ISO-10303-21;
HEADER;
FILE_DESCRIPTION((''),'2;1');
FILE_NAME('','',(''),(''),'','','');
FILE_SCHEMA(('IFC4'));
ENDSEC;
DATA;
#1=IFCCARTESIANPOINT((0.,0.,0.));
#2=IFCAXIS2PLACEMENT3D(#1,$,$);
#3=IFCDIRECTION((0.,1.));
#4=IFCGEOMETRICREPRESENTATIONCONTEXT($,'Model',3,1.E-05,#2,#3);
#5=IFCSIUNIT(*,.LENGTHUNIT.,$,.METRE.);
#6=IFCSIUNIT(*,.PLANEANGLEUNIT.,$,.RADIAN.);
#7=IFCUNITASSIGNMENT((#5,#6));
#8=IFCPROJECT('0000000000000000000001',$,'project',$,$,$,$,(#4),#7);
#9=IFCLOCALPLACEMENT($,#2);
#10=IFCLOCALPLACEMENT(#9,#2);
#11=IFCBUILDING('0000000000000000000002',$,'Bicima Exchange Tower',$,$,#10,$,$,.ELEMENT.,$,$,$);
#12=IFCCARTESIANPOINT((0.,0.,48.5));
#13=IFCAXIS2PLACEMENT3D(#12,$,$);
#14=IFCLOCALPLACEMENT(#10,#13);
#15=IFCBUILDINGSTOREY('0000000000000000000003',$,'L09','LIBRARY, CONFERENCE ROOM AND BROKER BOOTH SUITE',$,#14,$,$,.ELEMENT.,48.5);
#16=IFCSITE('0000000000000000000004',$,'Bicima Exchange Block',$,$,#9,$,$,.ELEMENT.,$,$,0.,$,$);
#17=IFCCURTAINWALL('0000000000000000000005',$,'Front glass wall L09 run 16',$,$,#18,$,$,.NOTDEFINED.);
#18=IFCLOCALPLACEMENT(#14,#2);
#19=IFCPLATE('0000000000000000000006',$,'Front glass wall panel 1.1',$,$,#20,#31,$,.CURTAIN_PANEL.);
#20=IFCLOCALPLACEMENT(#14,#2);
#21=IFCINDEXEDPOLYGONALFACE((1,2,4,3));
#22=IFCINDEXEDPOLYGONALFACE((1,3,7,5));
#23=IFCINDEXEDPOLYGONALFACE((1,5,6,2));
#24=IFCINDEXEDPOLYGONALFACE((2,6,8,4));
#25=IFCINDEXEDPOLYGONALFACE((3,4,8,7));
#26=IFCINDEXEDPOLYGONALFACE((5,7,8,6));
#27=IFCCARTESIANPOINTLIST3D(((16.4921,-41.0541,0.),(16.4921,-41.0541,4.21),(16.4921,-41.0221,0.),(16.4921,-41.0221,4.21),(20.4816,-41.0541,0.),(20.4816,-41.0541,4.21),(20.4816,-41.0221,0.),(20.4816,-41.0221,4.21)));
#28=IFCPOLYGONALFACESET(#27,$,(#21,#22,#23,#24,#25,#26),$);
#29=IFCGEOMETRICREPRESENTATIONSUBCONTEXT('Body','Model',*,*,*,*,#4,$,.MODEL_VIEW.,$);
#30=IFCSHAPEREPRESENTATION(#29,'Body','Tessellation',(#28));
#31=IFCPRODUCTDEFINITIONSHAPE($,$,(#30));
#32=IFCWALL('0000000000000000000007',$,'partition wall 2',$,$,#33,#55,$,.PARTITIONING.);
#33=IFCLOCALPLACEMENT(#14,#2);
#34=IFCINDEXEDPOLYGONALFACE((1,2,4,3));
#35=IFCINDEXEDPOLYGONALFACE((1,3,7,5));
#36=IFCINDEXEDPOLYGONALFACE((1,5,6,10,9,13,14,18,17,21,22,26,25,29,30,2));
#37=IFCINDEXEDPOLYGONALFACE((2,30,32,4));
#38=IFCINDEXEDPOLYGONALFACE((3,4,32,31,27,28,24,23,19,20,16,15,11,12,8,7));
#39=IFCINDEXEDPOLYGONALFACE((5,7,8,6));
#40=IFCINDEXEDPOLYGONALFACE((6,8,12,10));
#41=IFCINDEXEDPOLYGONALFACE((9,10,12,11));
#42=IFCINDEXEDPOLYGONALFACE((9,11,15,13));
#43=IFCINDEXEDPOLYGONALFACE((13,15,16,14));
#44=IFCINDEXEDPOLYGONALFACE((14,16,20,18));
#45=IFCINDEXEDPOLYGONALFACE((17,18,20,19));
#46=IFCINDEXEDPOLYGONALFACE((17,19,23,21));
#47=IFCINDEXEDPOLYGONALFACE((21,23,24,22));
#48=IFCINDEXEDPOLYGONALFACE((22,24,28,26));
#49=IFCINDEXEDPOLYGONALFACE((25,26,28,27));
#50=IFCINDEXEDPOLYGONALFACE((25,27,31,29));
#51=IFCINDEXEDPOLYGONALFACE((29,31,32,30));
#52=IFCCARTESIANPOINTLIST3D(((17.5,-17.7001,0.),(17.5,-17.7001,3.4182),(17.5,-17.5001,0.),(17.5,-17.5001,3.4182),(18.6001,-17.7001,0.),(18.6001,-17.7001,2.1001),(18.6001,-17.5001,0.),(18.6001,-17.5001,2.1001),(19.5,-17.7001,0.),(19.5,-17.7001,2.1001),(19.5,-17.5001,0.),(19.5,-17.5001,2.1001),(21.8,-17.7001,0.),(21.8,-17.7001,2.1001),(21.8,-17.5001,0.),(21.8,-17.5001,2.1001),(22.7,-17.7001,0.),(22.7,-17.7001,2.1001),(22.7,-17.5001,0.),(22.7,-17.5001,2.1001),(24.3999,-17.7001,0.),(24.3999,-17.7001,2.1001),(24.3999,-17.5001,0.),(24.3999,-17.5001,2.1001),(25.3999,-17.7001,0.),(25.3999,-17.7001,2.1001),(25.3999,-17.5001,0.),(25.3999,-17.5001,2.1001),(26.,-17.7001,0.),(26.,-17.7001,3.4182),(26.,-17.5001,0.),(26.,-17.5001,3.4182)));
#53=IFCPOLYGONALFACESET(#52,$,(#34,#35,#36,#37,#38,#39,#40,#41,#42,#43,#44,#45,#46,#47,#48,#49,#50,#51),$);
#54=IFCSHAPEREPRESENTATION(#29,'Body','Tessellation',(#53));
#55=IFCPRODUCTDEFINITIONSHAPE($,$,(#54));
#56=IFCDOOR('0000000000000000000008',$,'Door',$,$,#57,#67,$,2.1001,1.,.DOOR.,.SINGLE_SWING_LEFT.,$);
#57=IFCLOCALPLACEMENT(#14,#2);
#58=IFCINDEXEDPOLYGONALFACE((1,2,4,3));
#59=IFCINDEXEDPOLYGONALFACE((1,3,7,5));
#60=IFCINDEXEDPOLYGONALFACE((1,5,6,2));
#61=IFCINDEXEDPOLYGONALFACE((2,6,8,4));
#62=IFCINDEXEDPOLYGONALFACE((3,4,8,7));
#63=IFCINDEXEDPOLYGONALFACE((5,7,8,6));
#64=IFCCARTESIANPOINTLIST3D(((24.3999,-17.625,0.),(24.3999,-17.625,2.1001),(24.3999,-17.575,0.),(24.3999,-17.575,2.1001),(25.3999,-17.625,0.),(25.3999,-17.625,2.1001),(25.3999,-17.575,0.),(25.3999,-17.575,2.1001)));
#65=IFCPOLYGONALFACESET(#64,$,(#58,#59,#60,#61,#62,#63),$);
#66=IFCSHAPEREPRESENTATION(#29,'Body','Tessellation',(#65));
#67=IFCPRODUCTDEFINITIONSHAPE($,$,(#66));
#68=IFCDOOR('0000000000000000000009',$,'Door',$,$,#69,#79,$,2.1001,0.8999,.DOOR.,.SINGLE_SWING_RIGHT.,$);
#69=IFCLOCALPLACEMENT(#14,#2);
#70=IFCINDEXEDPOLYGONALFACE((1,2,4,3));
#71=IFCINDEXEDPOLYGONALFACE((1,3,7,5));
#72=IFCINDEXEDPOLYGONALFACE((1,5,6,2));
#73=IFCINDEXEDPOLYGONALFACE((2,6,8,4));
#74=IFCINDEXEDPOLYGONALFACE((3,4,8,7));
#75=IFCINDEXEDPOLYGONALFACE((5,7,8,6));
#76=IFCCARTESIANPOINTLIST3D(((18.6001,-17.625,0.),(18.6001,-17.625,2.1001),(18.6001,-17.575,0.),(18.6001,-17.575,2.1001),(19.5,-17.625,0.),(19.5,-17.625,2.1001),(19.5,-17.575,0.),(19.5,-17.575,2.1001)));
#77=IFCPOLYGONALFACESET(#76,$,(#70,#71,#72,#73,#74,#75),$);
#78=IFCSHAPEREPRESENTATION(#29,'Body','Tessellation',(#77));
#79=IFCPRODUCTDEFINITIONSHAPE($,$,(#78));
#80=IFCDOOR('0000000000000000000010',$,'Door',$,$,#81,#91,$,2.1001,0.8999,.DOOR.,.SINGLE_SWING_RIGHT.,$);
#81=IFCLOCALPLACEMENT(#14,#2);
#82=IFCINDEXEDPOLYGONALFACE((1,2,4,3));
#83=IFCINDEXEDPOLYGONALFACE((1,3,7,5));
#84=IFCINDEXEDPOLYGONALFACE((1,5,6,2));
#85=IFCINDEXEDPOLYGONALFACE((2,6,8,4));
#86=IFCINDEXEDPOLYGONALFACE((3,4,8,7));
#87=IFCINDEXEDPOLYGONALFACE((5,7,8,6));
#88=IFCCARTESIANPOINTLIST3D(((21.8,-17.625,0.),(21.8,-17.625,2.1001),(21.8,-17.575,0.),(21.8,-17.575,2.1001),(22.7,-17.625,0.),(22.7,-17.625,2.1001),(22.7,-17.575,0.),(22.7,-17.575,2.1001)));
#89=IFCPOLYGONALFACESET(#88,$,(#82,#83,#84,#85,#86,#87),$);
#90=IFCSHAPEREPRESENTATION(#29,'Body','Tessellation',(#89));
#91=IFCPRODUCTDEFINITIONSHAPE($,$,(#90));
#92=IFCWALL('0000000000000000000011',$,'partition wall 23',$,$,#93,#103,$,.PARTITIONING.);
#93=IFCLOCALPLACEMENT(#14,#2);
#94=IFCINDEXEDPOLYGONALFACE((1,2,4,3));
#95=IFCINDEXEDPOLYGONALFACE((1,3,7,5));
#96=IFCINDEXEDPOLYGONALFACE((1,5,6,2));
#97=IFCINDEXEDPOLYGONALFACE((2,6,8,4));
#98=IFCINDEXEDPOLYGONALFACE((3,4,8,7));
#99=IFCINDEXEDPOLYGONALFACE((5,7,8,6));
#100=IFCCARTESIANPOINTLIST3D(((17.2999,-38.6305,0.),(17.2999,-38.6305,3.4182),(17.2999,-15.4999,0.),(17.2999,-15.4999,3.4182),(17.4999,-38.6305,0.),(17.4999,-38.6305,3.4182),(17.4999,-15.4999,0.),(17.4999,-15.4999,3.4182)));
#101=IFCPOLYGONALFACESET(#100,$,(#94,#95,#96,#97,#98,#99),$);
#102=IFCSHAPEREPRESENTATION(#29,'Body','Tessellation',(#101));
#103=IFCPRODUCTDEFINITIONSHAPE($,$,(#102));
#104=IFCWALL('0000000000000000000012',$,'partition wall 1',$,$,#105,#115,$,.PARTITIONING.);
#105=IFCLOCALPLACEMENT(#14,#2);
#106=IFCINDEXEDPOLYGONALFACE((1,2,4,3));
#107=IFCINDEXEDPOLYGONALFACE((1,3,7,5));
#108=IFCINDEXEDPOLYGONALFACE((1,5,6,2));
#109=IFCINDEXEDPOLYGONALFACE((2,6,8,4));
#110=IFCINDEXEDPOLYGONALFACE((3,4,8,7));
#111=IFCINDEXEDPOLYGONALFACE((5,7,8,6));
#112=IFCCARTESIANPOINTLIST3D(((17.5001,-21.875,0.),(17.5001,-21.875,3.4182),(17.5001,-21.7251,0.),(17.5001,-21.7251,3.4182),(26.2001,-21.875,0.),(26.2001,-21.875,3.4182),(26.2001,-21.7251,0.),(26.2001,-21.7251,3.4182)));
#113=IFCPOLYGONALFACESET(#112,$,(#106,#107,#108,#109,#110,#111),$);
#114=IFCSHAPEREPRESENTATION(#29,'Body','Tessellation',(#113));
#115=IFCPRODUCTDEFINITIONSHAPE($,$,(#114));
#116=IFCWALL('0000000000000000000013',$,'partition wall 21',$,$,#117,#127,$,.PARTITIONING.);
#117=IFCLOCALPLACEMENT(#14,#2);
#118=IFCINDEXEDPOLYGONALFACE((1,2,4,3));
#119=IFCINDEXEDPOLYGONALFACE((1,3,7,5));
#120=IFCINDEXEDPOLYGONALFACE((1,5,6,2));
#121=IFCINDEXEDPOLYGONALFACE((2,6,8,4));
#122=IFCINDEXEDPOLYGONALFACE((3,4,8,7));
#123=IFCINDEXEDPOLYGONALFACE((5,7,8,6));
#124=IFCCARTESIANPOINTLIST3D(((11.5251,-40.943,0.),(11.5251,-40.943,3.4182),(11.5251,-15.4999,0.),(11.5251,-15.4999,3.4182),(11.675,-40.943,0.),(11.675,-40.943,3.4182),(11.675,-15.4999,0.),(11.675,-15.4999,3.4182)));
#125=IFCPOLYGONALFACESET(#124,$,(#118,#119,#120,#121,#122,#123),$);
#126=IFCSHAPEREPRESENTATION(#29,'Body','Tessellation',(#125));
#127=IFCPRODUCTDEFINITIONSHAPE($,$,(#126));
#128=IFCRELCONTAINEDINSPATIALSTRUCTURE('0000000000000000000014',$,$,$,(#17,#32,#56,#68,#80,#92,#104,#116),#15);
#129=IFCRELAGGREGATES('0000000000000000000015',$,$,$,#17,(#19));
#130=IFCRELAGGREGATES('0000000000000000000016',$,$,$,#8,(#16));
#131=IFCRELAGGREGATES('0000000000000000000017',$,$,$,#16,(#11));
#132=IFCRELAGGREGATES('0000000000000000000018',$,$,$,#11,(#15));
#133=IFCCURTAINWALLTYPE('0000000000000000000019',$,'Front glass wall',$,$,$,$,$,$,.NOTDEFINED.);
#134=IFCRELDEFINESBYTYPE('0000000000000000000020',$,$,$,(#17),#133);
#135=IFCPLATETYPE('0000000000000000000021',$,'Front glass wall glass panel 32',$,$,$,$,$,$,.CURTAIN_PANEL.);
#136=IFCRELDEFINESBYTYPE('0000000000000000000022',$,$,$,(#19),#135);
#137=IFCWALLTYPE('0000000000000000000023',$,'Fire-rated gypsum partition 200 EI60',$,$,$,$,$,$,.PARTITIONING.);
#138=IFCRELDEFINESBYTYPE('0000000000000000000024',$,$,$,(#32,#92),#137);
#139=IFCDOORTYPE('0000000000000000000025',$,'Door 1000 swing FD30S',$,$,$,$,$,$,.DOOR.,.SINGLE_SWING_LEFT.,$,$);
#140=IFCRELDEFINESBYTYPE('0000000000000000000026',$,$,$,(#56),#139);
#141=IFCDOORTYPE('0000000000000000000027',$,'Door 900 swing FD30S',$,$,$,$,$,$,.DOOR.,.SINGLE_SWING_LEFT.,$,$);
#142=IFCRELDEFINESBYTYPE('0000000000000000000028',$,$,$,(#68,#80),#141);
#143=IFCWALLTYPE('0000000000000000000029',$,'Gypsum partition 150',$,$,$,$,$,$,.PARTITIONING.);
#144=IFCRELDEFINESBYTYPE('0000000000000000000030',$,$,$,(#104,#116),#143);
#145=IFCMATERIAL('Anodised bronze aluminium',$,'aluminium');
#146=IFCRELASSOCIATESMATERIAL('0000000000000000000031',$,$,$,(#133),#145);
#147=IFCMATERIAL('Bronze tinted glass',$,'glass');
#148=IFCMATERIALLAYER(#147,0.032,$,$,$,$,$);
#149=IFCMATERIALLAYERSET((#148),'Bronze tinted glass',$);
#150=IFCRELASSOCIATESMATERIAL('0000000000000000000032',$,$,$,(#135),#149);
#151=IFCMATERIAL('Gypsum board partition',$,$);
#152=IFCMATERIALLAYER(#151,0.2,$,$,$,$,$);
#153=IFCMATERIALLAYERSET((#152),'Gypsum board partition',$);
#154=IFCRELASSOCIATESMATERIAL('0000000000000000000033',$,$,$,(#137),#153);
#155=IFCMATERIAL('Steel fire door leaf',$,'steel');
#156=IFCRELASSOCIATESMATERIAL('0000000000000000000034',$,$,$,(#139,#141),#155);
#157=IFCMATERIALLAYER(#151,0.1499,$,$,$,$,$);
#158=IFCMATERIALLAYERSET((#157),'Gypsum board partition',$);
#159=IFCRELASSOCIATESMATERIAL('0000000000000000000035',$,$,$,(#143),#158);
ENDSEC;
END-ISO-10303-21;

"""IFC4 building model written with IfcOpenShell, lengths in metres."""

from ifc_helpers import new_model, si_unit, direction, frame, frame_2d, origin, origin_2d, place, context, subcontext, project, spatial, rectangle, extrude, material, layer, layer_set, type_object, element, fill, aggregate, save


model = new_model("IFC4")

# Units and contexts
model_context = context("Model", 3, precision=1e-05, world=origin(), true_north=direction((0.0, 1.0)))
body_context = subcontext(model_context, "Body", "Model", "MODEL_VIEW")
ifc_project = project(units=[si_unit("LENGTHUNIT", "METRE"), si_unit("PLANEANGLEUNIT", "RADIAN")], contexts=[model_context])

# Site, building, storey
site_placement = place(None, origin())
site = spatial("IfcSite", under=ifc_project, at=site_placement, Name="Bicima Exchange Block", CompositionType="ELEMENT", RefElevation=0.0)
building_placement = place(site_placement, origin())
building = spatial("IfcBuilding", under=site, at=building_placement, Name="Bicima Exchange Tower", CompositionType="ELEMENT")
storey_placement = place(building_placement, frame((0.0, 0.0, 48.5)))
storey = spatial("IfcBuildingStorey", under=building, at=storey_placement, Name="L09", Description="LIBRARY, CONFERENCE ROOM AND BROKER BOOTH SUITE", CompositionType="ELEMENT", Elevation=48.5)

# Curtain wall
ifc_material_1 = material(Name="Anodised bronze aluminium", Category="aluminium")
curtain_wall_type = type_object("IfcCurtainWallType", Name="Front glass wall", PredefinedType="NOTDEFINED", material=ifc_material_1)
curtain_wall_1_placement = place(storey_placement, origin())
curtain_wall_1 = element("IfcCurtainWall", 1, at=curtain_wall_1_placement, inside=storey, type_object=curtain_wall_type, Name="Front glass wall L09 run 16", PredefinedType="NOTDEFINED")

# Plate
ifc_material_2 = material(Name="Bronze tinted glass", Category="glass")
ifc_layer_1 = layer(ifc_material_2, 0.032)
ifc_layer_set_1 = layer_set([ifc_layer_1], Name="Bronze tinted glass")
plate_type = type_object("IfcPlateType", Name="Front glass wall glass panel 32", PredefinedType="CURTAIN_PANEL", material=ifc_layer_set_1)
plate_placement = place(storey_placement, frame((18.4868, -41.0381, 0.0), z_axis=(0.0, 0.0, 1.0), x_axis=(1.0, 0.0, 0.0)))
plate = element("IfcPlate", 2, at=plate_placement, type_object=plate_type, Name="Front glass wall panel 1.1", PredefinedType="CURTAIN_PANEL", context=body_context, shape_type="SweptSolid", body=[
    extrude(rectangle(XDim=3.9895, YDim=0.032, at=origin_2d()), origin(), (0.0, 0.0, 1.0), 4.21),
])
aggregate(curtain_wall_1, [plate])

# Wall, openings, doors
ifc_material_3 = material(Name="Gypsum board partition")
ifc_layer_2 = layer(ifc_material_3, 0.2)
ifc_layer_set_2 = layer_set([ifc_layer_2], Name="Gypsum board partition")
wall_type_1 = type_object("IfcWallType", Name="Fire-rated gypsum partition 200 EI60", PredefinedType="PARTITIONING", material=ifc_layer_set_2)
wall_1_placement = place(storey_placement, frame((17.5, -17.6001, 0.0), z_axis=(0.0, 0.0, 1.0), x_axis=(1.0, 0.0, 0.0)))
wall_1 = element("IfcWall", 3, at=wall_1_placement, inside=storey, type_object=wall_type_1, Name="partition wall 2", PredefinedType="PARTITIONING", context=body_context, shape_type="SweptSolid", body=[
    extrude(rectangle(XDim=8.5, YDim=0.2, at=frame_2d((4.25, 0.0))), origin(), (0.0, 0.0, 1.0), 3.4182),
])
opening_1_placement = place(wall_1_placement, frame((1.1001, 0.0, 0.0)))
opening_1 = element("IfcOpeningElement", 4, at=opening_1_placement, cuts=wall_1, PredefinedType="OPENING", context=body_context, shape_type="SweptSolid", body=[
    extrude(rectangle(XDim=0.8999, YDim=2.1001, at=frame_2d((0.45, 1.05))), frame((0.0, 0.1118, 0.0), z_axis=(0.0, -1.0, 0.0), x_axis=(1.0, 0.0, 0.0)), (0.0, 0.0, 1.0), 0.2239),
])
opening_2_placement = place(wall_1_placement, frame((4.3, 0.0, 0.0)))
opening_2 = element("IfcOpeningElement", 5, at=opening_2_placement, cuts=wall_1, PredefinedType="OPENING", context=body_context, shape_type="SweptSolid", body=[
    extrude(rectangle(XDim=0.8999, YDim=2.1001, at=frame_2d((0.45, 1.05))), frame((0.0, 0.1118, 0.0), z_axis=(0.0, -1.0, 0.0), x_axis=(1.0, 0.0, 0.0)), (0.0, 0.0, 1.0), 0.2239),
])
opening_3_placement = place(wall_1_placement, frame((6.8999, 0.0, 0.0)))
opening_3 = element("IfcOpeningElement", 6, at=opening_3_placement, cuts=wall_1, PredefinedType="OPENING", context=body_context, shape_type="SweptSolid", body=[
    extrude(rectangle(XDim=1.0, YDim=2.1001, at=frame_2d((0.5, 1.05))), frame((0.0, 0.1118, 0.0), z_axis=(0.0, -1.0, 0.0), x_axis=(1.0, 0.0, 0.0)), (0.0, 0.0, 1.0), 0.2239),
])
ifc_material_4 = material(Name="Steel fire door leaf", Category="steel")
door_type_1 = type_object("IfcDoorType", Name="Door 1000 swing FD30S", OperationType="SINGLE_SWING_LEFT", PredefinedType="DOOR", material=ifc_material_4)
door_1_placement = place(opening_3_placement, frame((1.0, 0.0, 0.0), z_axis=(0.0, 0.0, 1.0), x_axis=(-1.0, 0.0, 0.0)))
door_1 = element("IfcDoor", 7, at=door_1_placement, inside=storey, type_object=door_type_1, Name="Door", OperationType="SINGLE_SWING_LEFT", OverallHeight=2.1001, OverallWidth=1.0, PredefinedType="DOOR", context=body_context, shape_type="SweptSolid", body=[
    extrude(rectangle(XDim=1.0, YDim=2.1001, at=frame_2d((0.5, 1.05))), frame((0.0, 0.0249, 0.0), z_axis=(0.0, -1.0, 0.0), x_axis=(1.0, 0.0, 0.0)), (0.0, 0.0, 1.0), 0.05),
])
fill(opening_3, door_1)
door_type_2 = type_object("IfcDoorType", Name="Door 900 swing FD30S", OperationType="SINGLE_SWING_LEFT", PredefinedType="DOOR", material=ifc_material_4)
door_2_placement = place(opening_1_placement, frame((0.8999, 0.0, 0.0), z_axis=(0.0, 0.0, 1.0), x_axis=(-1.0, 0.0, 0.0)))
door_2 = element("IfcDoor", 8, at=door_2_placement, inside=storey, type_object=door_type_2, Name="Door", OperationType="SINGLE_SWING_RIGHT", OverallHeight=2.1001, OverallWidth=0.8999, PredefinedType="DOOR", context=body_context, shape_type="SweptSolid", body=[
    extrude(rectangle(XDim=0.8999, YDim=2.1001, at=frame_2d((0.45, 1.05))), frame((0.0, 0.0249, 0.0), z_axis=(0.0, -1.0, 0.0), x_axis=(1.0, 0.0, 0.0)), (0.0, 0.0, 1.0), 0.05),
])
fill(opening_1, door_2)
door_3_placement = place(opening_2_placement, frame((0.8999, 0.0, 0.0), z_axis=(0.0, 0.0, 1.0), x_axis=(-1.0, 0.0, 0.0)))
door_3 = element("IfcDoor", 9, at=door_3_placement, inside=storey, type_object=door_type_2, Name="Door", OperationType="SINGLE_SWING_RIGHT", OverallHeight=2.1001, OverallWidth=0.8999, PredefinedType="DOOR", context=body_context, shape_type="SweptSolid", body=[
    extrude(rectangle(XDim=0.8999, YDim=2.1001, at=frame_2d((0.45, 1.05))), frame((0.0, 0.0249, 0.0), z_axis=(0.0, -1.0, 0.0), x_axis=(1.0, 0.0, 0.0)), (0.0, 0.0, 1.0), 0.05),
])
fill(opening_2, door_3)

# Walls
wall_2_placement = place(storey_placement, frame((17.3999, -38.6306, 0.0), z_axis=(0.0, 0.0, 1.0), x_axis=(0.0, 1.0, 0.0)))
element("IfcWall", 10, at=wall_2_placement, inside=storey, type_object=wall_type_1, Name="partition wall 23", PredefinedType="PARTITIONING", context=body_context, shape_type="SweptSolid", body=[
    extrude(rectangle(XDim=23.1306, YDim=0.2, at=frame_2d((11.5654, 0.0))), origin(), (0.0, 0.0, 1.0), 3.4182),
])
ifc_layer_3 = layer(ifc_material_3, 0.1499)
ifc_layer_set_3 = layer_set([ifc_layer_3], Name="Gypsum board partition")
wall_type_2 = type_object("IfcWallType", Name="Gypsum partition 150", PredefinedType="PARTITIONING", material=ifc_layer_set_3)
wall_3_placement = place(storey_placement, frame((17.5, -21.8, 0.0), z_axis=(0.0, 0.0, 1.0), x_axis=(1.0, 0.0, 0.0)))
element("IfcWall", 11, at=wall_3_placement, inside=storey, type_object=wall_type_2, Name="partition wall 1", PredefinedType="PARTITIONING", context=body_context, shape_type="SweptSolid", body=[
    extrude(rectangle(XDim=8.7, YDim=0.1499, at=frame_2d((4.3501, 0.0))), origin(), (0.0, 0.0, 1.0), 3.4182),
])
wall_4_placement = place(storey_placement, frame((11.6001, -40.9431, 0.0), z_axis=(0.0, 0.0, 1.0), x_axis=(0.0, 1.0, 0.0)))
element("IfcWall", 12, at=wall_4_placement, inside=storey, type_object=wall_type_2, Name="partition wall 21", PredefinedType="PARTITIONING", context=body_context, shape_type="SweptSolid", body=[
    extrude(rectangle(XDim=25.4431, YDim=0.1499, at=frame_2d((12.7217, 0.0))), origin(), (0.0, 0.0, 1.0), 3.4182),
])

save(model, "model.ifc")
